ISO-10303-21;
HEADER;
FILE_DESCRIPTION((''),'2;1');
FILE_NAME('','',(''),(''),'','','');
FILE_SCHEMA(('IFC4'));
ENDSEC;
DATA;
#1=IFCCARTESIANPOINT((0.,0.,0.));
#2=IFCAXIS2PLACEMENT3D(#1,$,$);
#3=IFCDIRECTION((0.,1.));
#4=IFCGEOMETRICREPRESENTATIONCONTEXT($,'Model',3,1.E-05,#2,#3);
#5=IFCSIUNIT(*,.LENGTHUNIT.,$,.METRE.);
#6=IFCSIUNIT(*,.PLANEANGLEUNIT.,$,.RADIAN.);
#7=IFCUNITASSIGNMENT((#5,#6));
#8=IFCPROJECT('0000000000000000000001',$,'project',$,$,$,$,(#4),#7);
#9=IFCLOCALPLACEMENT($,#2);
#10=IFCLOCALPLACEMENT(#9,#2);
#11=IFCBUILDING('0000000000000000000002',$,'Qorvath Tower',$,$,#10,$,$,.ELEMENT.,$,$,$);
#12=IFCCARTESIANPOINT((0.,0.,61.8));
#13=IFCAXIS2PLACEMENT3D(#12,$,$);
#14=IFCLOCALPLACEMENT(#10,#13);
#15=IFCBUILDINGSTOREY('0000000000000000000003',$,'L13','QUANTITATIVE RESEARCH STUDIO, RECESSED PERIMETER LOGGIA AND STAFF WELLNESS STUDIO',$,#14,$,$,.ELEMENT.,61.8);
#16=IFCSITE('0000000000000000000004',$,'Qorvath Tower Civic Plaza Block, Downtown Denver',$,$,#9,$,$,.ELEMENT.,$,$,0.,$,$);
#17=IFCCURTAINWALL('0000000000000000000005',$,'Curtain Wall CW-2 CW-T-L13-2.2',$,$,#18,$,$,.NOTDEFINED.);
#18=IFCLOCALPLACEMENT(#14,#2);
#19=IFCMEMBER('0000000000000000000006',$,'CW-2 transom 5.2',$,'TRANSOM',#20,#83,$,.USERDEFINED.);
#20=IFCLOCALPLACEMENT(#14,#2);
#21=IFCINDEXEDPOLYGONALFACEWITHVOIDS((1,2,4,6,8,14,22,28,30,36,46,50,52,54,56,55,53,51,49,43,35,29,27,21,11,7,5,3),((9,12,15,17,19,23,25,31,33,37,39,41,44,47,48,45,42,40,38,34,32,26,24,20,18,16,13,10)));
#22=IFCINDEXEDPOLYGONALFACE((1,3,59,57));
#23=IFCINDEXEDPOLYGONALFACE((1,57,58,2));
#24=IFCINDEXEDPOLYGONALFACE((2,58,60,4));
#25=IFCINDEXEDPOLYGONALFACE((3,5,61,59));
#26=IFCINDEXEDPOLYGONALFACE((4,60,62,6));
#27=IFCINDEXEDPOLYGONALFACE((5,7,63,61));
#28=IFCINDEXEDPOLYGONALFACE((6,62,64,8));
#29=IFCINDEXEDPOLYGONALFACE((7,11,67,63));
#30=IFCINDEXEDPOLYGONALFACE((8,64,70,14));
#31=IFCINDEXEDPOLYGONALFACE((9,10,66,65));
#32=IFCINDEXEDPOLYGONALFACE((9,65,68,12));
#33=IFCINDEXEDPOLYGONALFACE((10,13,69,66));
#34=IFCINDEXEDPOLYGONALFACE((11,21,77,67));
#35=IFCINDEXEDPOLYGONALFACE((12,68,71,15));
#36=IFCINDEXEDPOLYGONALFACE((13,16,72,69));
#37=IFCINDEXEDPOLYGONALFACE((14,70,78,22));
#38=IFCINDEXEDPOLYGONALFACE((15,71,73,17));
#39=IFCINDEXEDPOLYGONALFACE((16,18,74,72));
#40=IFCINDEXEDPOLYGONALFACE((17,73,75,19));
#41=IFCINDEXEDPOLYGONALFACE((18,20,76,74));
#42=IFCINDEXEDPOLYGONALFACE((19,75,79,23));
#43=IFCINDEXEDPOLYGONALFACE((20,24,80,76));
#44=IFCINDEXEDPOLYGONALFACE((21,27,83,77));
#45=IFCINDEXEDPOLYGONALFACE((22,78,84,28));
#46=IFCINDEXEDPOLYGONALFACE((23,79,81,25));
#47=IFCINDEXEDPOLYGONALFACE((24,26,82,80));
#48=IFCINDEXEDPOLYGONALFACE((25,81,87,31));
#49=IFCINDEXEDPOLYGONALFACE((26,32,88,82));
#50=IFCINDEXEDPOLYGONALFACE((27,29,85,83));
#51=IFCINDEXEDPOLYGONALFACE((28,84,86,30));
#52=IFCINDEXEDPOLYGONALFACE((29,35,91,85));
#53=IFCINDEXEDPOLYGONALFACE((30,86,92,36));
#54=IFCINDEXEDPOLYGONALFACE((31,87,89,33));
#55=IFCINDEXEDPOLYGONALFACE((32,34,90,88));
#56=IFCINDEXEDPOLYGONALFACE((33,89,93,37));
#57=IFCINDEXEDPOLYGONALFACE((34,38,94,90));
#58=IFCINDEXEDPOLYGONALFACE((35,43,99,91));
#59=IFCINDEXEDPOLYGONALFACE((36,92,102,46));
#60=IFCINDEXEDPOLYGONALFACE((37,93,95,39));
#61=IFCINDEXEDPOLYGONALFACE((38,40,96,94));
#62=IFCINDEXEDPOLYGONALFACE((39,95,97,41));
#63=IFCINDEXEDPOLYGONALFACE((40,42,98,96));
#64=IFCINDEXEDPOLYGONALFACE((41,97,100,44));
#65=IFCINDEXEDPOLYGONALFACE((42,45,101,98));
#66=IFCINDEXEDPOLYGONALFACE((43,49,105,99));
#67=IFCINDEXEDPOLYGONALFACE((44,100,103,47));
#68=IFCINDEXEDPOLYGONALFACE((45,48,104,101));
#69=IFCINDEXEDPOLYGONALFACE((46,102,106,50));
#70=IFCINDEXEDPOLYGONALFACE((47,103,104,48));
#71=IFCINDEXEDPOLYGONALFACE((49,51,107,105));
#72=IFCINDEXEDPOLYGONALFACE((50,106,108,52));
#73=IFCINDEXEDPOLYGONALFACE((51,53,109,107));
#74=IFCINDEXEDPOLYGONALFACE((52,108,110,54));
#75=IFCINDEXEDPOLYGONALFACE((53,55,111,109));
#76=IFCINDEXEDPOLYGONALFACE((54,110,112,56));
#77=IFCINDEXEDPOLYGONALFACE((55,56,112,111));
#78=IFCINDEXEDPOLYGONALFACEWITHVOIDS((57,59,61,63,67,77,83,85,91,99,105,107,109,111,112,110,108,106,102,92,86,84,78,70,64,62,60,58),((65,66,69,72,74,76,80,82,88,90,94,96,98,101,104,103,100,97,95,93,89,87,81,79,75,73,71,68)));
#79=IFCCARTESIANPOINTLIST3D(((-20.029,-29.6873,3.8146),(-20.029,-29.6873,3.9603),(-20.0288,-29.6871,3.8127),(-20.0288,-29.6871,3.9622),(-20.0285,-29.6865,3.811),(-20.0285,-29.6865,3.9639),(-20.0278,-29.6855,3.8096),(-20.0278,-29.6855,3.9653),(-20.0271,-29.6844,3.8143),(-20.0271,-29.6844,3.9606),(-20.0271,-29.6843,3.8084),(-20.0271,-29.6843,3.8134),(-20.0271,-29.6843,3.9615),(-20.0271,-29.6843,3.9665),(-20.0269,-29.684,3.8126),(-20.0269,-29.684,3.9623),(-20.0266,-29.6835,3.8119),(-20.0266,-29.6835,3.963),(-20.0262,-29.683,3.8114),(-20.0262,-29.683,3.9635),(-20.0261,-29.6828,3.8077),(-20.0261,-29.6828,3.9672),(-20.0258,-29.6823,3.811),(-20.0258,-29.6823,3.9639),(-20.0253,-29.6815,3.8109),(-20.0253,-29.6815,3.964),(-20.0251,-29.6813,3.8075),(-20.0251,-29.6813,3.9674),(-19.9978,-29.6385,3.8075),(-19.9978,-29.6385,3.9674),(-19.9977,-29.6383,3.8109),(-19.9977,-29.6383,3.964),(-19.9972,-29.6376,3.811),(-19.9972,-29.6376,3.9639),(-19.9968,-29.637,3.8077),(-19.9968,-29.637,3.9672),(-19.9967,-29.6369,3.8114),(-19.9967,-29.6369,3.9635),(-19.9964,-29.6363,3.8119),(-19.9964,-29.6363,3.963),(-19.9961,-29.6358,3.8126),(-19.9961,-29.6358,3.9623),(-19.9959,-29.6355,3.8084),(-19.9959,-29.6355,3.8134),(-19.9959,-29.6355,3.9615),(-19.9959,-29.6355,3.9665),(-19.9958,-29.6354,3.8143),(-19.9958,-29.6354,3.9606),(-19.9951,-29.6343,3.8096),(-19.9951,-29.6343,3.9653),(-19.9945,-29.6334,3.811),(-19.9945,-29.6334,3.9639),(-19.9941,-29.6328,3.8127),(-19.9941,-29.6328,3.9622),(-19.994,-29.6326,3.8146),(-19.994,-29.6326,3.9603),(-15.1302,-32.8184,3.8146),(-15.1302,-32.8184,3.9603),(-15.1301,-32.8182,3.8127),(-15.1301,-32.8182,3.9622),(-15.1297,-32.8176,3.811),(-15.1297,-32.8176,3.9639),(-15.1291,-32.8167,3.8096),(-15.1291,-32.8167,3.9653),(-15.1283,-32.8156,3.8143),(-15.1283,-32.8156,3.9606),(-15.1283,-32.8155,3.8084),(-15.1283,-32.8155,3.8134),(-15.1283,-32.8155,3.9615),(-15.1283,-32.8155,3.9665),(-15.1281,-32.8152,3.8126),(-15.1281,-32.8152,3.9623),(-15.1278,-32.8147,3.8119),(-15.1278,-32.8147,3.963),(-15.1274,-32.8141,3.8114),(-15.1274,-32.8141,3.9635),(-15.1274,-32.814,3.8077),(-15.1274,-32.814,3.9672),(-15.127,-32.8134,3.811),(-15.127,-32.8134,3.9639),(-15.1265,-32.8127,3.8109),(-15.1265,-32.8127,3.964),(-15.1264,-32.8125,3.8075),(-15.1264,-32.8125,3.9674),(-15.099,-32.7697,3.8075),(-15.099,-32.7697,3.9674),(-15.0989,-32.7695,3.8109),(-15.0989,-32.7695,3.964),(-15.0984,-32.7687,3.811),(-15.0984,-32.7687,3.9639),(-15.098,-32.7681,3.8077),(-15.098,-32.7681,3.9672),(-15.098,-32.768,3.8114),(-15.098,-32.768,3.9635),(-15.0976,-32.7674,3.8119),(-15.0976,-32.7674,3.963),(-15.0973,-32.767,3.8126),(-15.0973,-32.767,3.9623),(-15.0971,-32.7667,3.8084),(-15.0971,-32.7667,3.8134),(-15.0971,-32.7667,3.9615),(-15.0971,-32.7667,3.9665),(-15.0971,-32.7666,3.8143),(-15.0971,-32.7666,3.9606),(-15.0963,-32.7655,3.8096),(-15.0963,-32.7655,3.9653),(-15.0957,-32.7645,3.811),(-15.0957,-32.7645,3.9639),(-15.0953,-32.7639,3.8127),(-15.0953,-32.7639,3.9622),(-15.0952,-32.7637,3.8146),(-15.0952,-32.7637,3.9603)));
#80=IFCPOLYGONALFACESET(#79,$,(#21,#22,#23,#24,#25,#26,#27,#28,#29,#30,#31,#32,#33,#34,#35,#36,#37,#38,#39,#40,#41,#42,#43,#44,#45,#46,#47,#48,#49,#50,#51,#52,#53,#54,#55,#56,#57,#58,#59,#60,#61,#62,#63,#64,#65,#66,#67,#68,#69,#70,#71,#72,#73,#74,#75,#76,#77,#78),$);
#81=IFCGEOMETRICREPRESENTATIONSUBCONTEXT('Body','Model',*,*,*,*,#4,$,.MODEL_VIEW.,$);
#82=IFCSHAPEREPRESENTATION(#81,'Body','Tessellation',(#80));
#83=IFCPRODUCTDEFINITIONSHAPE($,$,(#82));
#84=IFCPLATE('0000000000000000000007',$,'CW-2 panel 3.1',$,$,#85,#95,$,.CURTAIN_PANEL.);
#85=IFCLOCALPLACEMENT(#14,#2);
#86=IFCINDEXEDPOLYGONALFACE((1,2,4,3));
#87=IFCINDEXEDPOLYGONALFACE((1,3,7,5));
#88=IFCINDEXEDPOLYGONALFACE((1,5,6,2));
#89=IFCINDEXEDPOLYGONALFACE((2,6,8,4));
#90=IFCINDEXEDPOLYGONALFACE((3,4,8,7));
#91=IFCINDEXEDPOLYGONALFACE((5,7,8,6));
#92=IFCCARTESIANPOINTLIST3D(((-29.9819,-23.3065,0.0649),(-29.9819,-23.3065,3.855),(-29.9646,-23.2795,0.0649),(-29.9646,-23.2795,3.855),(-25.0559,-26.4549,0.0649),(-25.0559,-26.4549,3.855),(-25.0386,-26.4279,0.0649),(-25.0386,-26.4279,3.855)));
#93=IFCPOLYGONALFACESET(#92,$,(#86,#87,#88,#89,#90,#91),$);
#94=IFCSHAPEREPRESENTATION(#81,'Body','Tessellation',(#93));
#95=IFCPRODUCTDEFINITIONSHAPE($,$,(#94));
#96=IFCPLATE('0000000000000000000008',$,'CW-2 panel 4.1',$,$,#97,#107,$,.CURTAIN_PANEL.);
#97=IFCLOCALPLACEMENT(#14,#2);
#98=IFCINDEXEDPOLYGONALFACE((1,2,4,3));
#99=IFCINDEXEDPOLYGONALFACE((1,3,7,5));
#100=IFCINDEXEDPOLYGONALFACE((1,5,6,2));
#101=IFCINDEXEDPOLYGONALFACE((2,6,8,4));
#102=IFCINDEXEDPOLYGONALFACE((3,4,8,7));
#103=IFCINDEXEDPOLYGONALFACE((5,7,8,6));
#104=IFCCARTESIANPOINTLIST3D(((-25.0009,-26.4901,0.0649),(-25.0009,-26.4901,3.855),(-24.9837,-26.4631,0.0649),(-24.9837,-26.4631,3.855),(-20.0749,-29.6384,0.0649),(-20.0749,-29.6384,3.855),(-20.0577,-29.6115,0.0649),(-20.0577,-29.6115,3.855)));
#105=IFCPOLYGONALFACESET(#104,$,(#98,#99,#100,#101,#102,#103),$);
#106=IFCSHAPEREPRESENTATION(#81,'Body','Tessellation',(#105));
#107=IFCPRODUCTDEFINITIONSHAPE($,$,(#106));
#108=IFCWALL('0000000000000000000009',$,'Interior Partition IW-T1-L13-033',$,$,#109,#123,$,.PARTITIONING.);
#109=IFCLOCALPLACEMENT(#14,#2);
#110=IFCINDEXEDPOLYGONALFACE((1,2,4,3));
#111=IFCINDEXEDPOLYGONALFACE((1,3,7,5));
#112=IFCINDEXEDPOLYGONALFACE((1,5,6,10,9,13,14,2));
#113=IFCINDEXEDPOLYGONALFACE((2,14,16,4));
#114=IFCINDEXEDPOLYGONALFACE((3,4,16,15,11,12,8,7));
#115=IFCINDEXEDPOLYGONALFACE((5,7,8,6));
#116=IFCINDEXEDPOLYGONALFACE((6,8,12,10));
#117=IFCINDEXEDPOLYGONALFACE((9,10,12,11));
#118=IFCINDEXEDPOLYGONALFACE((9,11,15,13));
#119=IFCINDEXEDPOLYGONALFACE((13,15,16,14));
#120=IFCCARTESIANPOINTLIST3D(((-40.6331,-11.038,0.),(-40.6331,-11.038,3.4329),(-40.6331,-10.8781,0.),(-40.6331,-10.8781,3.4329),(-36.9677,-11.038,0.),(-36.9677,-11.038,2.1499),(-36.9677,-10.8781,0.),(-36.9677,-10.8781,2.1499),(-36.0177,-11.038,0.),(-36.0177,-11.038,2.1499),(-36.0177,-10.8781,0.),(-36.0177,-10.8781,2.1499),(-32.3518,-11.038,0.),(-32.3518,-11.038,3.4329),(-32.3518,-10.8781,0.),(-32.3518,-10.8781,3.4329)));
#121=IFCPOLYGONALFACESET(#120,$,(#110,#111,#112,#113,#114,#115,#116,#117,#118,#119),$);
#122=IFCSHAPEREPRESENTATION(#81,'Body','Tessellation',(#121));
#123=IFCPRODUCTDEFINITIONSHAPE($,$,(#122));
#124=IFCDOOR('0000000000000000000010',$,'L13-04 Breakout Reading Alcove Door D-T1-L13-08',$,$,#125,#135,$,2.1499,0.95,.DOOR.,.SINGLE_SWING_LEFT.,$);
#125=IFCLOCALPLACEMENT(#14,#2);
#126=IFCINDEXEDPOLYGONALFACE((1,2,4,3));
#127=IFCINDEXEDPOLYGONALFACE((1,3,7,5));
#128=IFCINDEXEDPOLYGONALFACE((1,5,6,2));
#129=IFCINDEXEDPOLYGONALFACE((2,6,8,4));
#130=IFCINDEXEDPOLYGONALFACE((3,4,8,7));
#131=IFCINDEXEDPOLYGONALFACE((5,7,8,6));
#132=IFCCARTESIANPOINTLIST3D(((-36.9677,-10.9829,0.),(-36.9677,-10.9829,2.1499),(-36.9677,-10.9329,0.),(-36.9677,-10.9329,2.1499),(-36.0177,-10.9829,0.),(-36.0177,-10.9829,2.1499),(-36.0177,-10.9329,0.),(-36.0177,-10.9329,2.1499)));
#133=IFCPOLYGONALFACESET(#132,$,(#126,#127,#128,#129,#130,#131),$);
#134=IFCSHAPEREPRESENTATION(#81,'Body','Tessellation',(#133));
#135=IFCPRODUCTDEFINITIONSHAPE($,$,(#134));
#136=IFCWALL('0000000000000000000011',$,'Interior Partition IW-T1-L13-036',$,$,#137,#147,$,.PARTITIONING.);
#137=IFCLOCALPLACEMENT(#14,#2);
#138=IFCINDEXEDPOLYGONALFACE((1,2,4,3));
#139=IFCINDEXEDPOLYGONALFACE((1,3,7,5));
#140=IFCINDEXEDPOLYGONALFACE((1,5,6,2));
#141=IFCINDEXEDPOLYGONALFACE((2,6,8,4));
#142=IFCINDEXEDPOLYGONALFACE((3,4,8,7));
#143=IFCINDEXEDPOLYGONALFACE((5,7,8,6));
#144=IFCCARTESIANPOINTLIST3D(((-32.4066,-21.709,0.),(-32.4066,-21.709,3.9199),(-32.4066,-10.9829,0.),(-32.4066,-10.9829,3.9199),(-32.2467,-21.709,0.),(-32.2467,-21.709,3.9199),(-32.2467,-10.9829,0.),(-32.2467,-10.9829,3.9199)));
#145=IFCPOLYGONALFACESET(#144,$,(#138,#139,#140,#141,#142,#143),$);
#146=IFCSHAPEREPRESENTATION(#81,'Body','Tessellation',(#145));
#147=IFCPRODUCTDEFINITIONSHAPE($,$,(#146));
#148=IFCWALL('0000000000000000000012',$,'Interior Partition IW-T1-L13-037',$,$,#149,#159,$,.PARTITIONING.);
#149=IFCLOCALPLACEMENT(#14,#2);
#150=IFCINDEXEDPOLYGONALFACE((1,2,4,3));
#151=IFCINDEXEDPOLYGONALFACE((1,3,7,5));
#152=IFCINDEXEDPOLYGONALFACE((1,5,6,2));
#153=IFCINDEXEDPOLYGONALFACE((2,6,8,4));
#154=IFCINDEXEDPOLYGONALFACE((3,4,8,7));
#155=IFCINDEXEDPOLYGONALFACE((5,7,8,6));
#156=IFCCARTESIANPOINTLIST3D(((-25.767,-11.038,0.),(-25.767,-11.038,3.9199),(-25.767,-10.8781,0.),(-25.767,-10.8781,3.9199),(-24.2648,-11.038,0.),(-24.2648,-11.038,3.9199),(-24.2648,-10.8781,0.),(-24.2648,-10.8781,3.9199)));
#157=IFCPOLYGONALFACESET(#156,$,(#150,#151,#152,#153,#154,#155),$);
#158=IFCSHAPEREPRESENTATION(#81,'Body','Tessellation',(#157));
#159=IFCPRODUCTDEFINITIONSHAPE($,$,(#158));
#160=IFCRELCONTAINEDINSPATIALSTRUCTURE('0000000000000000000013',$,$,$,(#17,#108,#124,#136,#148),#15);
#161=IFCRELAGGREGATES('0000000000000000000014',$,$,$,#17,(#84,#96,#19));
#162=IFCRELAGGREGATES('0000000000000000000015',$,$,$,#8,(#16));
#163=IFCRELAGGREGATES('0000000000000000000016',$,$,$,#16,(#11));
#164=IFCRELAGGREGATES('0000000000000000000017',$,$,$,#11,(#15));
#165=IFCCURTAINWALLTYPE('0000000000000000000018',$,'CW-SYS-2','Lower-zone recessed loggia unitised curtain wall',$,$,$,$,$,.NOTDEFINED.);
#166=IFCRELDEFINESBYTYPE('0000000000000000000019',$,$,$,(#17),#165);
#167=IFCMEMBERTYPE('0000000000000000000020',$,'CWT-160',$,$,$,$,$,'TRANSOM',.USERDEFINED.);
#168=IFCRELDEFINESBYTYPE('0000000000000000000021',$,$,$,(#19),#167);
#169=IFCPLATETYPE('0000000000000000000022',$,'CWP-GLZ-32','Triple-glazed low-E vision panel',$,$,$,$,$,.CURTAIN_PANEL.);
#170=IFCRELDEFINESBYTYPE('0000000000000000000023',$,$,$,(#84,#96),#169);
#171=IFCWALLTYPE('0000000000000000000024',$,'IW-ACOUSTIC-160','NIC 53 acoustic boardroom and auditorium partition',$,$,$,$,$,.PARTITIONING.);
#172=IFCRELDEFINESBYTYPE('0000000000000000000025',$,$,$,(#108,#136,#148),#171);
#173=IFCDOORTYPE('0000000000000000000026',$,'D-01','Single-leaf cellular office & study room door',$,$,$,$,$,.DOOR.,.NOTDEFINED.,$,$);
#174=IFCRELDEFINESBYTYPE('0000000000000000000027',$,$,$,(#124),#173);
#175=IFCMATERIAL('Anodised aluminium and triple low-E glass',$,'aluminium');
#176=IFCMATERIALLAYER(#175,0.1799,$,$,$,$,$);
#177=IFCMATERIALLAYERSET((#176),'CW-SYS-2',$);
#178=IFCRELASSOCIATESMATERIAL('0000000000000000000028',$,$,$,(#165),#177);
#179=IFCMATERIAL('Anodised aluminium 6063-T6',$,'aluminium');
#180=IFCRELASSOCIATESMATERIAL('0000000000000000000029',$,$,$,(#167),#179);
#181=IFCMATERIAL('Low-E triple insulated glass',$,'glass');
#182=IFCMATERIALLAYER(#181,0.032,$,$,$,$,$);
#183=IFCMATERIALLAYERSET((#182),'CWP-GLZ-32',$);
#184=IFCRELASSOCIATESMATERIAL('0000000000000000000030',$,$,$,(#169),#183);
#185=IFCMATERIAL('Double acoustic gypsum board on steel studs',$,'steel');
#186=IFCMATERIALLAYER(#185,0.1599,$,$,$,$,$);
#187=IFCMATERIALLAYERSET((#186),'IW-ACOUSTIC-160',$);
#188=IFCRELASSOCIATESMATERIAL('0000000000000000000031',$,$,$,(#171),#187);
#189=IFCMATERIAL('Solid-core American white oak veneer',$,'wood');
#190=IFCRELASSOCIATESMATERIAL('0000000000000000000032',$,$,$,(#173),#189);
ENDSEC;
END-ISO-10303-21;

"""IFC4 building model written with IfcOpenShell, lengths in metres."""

from ifc_helpers import new_model, si_unit, direction, frame, frame_2d, origin, origin_2d, place, context, subcontext, project, spatial, rectangle, hollow_rectangle, extrude, material, layer, layer_set, material_profile, profile_set, type_object, element, fill, aggregate, save


model = new_model("IFC4")

# Units and contexts
model_context = context("Model", 3, precision=1e-05, world=origin(), true_north=direction((0.0, 1.0)))
body_context = subcontext(model_context, "Body", "Model", "MODEL_VIEW")
ifc_project = project(units=[si_unit("LENGTHUNIT", "METRE"), si_unit("PLANEANGLEUNIT", "RADIAN")], contexts=[model_context])

# Site, building, storey
site_placement = place(None, origin())
site = spatial("IfcSite", under=ifc_project, at=site_placement, Name="Qorvath Tower Civic Plaza Block, Downtown Denver", CompositionType="ELEMENT", RefElevation=0.0)
building_placement = place(site_placement, origin())
building = spatial("IfcBuilding", under=site, at=building_placement, Name="Qorvath Tower", CompositionType="ELEMENT")
storey_placement = place(building_placement, frame((0.0, 0.0, 61.8)))
storey = spatial("IfcBuildingStorey", under=building, at=storey_placement, Name="L13", Description="QUANTITATIVE RESEARCH STUDIO, RECESSED PERIMETER LOGGIA AND STAFF WELLNESS STUDIO", CompositionType="ELEMENT", Elevation=61.8)

# Curtain wall, member, plates
ifc_material_1 = material(Name="Anodised aluminium and triple low-E glass", Category="aluminium")
ifc_layer_1 = layer(ifc_material_1, 0.1799)
ifc_layer_set_1 = layer_set([ifc_layer_1], Name="CW-SYS-2")
curtain_wall_type = type_object("IfcCurtainWallType", Name="CW-SYS-2", Description="Lower-zone recessed loggia unitised curtain wall", PredefinedType="NOTDEFINED", material=ifc_layer_set_1)
curtain_wall_placement = place(storey_placement, origin())
curtain_wall = element("IfcCurtainWall", 1, at=curtain_wall_placement, inside=storey, type_object=curtain_wall_type, Name="Curtain Wall CW-2 CW-T-L13-2.2", PredefinedType="NOTDEFINED")
ifc_material_2 = material(Name="Anodised aluminium 6063-T6", Category="aluminium")
ifc_material_profile_1 = material_profile(ifc_material_2, hollow_rectangle(XDim=0.0649, YDim=0.1599, WallThickness=0.0034, InnerFilletRadius=0.0034, OuterFilletRadius=0.0071, at=origin_2d()), Name="CWT 160x65")
ifc_profile_set_1 = profile_set([ifc_material_profile_1], Name="Anodised aluminium 6063-T6")
member_type_1 = type_object("IfcMemberType", Name="CWT-160", ElementType="TRANSOM", PredefinedType="USERDEFINED", material=ifc_profile_set_1)
member_1_placement = place(storey_placement, frame((-20.0115, -29.6599, 3.8875), z_axis=(0.842588, -0.538559, 0.0), x_axis=(0.538559, 0.842588, 0.0)))
member_1 = element("IfcMember", 2, at=member_1_placement, type_object=member_type_1, Name="CW-2 transom 5.2", ObjectType="TRANSOM", PredefinedType="USERDEFINED", context=body_context, shape_type="SweptSolid", body=[
    extrude(hollow_rectangle(XDim=0.0649, YDim=0.1599, WallThickness=0.0034, InnerFilletRadius=0.0034, OuterFilletRadius=0.0071, at=origin_2d()), origin(), (0.0, 0.0, 1.0), 5.814),
])
ifc_material_3 = material(Name="Low-E triple insulated glass", Category="glass")
ifc_layer_2 = layer(ifc_material_3, 0.032)
ifc_layer_set_2 = layer_set([ifc_layer_2], Name="CWP-GLZ-32")
plate_type = type_object("IfcPlateType", Name="CWP-GLZ-32", Description="Triple-glazed low-E vision panel", PredefinedType="CURTAIN_PANEL", material=ifc_layer_set_2)
plate_1_placement = place(storey_placement, frame((-27.5103, -24.8672, 0.0649), z_axis=(0.0, 0.0, 1.0), x_axis=(0.842602, -0.538536, 0.0)))
plate_1 = element("IfcPlate", 3, at=plate_1_placement, type_object=plate_type, Name="CW-2 panel 3.1", PredefinedType="CURTAIN_PANEL", context=body_context, shape_type="SweptSolid", body=[
    extrude(rectangle(XDim=5.8462, YDim=0.032, at=origin_2d()), origin(), (0.0, 0.0, 1.0), 3.79),
])
plate_2_placement = place(storey_placement, frame((-22.5293, -28.0508, 0.0649), z_axis=(0.0, 0.0, 1.0), x_axis=(0.842602, -0.538536, 0.0)))
plate_2 = element("IfcPlate", 4, at=plate_2_placement, type_object=plate_type, Name="CW-2 panel 4.1", PredefinedType="CURTAIN_PANEL", context=body_context, shape_type="SweptSolid", body=[
    extrude(rectangle(XDim=5.8462, YDim=0.032, at=origin_2d()), origin(), (0.0, 0.0, 1.0), 3.79),
])
aggregate(curtain_wall, [plate_1, plate_2, member_1])

# Wall, opening, door
ifc_material_4 = material(Name="Double acoustic gypsum board on steel studs", Category="steel")
ifc_layer_3 = layer(ifc_material_4, 0.1599)
ifc_layer_set_3 = layer_set([ifc_layer_3], Name="IW-ACOUSTIC-160")
wall_type = type_object("IfcWallType", Name="IW-ACOUSTIC-160", Description="NIC 53 acoustic boardroom and auditorium partition", PredefinedType="PARTITIONING", material=ifc_layer_set_3)
wall_1_placement = place(storey_placement, frame((-32.3518, -10.958, 0.0), z_axis=(0.0, 0.0, 1.0), x_axis=(-1.0, 0.0, 0.0)))
wall_1 = element("IfcWall", 5, at=wall_1_placement, inside=storey, type_object=wall_type, Name="Interior Partition IW-T1-L13-033", PredefinedType="PARTITIONING", context=body_context, shape_type="SweptSolid", body=[
    extrude(rectangle(XDim=8.2812, YDim=0.1599, at=frame_2d((4.1406, 0.0))), origin(), (0.0, 0.0, 1.0), 3.4329),
])
opening_1_placement = place(wall_1_placement, frame((3.6658, 0.0, 0.0)))
opening_1 = element("IfcOpeningElement", 6, at=opening_1_placement, cuts=wall_1, PredefinedType="OPENING", context=body_context, shape_type="SweptSolid", body=[
    extrude(rectangle(XDim=0.95, YDim=2.1499, at=frame_2d((0.4751, 1.075))), frame((0.0, 0.0898, 0.0), z_axis=(0.0, -1.0, 0.0), x_axis=(1.0, 0.0, 0.0)), (0.0, 0.0, 1.0), 0.1799),
])
ifc_material_5 = material(Name="Solid-core American white oak veneer", Category="wood")
door_type_1 = type_object("IfcDoorType", Name="D-01", Description="Single-leaf cellular office & study room door", OperationType="NOTDEFINED", PredefinedType="DOOR", material=ifc_material_5)
door_1_placement = place(opening_1_placement, origin())
door_1 = element("IfcDoor", 7, at=door_1_placement, inside=storey, type_object=door_type_1, Name="L13-04 Breakout Reading Alcove Door D-T1-L13-08", OperationType="SINGLE_SWING_LEFT", OverallHeight=2.1499, OverallWidth=0.95, PredefinedType="DOOR", context=body_context, shape_type="SweptSolid", body=[
    extrude(rectangle(XDim=0.95, YDim=2.1499, at=frame_2d((0.4751, 1.075))), frame((0.0, 0.0249, 0.0), z_axis=(0.0, -1.0, 0.0), x_axis=(1.0, 0.0, 0.0)), (0.0, 0.0, 1.0), 0.05),
])
fill(opening_1, door_1)

# Walls
wall_2_placement = place(storey_placement, frame((-32.3267, -21.709, 0.0), z_axis=(0.0, 0.0, 1.0), x_axis=(0.0, 1.0, 0.0)))
element("IfcWall", 8, at=wall_2_placement, inside=storey, type_object=wall_type, Name="Interior Partition IW-T1-L13-036", PredefinedType="PARTITIONING", context=body_context, shape_type="SweptSolid", body=[
    extrude(rectangle(XDim=10.7261, YDim=0.1599, at=frame_2d((5.363, 0.0))), origin(), (0.0, 0.0, 1.0), 3.9199),
])
wall_3_placement = place(storey_placement, frame((-24.2649, -10.958, 0.0), z_axis=(0.0, 0.0, 1.0), x_axis=(-1.0, 0.0, 0.0)))
element("IfcWall", 9, at=wall_3_placement, inside=storey, type_object=wall_type, Name="Interior Partition IW-T1-L13-037", PredefinedType="PARTITIONING", context=body_context, shape_type="SweptSolid", body=[
    extrude(rectangle(XDim=1.5022, YDim=0.1599, at=frame_2d((0.751, 0.0))), origin(), (0.0, 0.0, 1.0), 3.9199),
])

save(model, "model.ifc")
